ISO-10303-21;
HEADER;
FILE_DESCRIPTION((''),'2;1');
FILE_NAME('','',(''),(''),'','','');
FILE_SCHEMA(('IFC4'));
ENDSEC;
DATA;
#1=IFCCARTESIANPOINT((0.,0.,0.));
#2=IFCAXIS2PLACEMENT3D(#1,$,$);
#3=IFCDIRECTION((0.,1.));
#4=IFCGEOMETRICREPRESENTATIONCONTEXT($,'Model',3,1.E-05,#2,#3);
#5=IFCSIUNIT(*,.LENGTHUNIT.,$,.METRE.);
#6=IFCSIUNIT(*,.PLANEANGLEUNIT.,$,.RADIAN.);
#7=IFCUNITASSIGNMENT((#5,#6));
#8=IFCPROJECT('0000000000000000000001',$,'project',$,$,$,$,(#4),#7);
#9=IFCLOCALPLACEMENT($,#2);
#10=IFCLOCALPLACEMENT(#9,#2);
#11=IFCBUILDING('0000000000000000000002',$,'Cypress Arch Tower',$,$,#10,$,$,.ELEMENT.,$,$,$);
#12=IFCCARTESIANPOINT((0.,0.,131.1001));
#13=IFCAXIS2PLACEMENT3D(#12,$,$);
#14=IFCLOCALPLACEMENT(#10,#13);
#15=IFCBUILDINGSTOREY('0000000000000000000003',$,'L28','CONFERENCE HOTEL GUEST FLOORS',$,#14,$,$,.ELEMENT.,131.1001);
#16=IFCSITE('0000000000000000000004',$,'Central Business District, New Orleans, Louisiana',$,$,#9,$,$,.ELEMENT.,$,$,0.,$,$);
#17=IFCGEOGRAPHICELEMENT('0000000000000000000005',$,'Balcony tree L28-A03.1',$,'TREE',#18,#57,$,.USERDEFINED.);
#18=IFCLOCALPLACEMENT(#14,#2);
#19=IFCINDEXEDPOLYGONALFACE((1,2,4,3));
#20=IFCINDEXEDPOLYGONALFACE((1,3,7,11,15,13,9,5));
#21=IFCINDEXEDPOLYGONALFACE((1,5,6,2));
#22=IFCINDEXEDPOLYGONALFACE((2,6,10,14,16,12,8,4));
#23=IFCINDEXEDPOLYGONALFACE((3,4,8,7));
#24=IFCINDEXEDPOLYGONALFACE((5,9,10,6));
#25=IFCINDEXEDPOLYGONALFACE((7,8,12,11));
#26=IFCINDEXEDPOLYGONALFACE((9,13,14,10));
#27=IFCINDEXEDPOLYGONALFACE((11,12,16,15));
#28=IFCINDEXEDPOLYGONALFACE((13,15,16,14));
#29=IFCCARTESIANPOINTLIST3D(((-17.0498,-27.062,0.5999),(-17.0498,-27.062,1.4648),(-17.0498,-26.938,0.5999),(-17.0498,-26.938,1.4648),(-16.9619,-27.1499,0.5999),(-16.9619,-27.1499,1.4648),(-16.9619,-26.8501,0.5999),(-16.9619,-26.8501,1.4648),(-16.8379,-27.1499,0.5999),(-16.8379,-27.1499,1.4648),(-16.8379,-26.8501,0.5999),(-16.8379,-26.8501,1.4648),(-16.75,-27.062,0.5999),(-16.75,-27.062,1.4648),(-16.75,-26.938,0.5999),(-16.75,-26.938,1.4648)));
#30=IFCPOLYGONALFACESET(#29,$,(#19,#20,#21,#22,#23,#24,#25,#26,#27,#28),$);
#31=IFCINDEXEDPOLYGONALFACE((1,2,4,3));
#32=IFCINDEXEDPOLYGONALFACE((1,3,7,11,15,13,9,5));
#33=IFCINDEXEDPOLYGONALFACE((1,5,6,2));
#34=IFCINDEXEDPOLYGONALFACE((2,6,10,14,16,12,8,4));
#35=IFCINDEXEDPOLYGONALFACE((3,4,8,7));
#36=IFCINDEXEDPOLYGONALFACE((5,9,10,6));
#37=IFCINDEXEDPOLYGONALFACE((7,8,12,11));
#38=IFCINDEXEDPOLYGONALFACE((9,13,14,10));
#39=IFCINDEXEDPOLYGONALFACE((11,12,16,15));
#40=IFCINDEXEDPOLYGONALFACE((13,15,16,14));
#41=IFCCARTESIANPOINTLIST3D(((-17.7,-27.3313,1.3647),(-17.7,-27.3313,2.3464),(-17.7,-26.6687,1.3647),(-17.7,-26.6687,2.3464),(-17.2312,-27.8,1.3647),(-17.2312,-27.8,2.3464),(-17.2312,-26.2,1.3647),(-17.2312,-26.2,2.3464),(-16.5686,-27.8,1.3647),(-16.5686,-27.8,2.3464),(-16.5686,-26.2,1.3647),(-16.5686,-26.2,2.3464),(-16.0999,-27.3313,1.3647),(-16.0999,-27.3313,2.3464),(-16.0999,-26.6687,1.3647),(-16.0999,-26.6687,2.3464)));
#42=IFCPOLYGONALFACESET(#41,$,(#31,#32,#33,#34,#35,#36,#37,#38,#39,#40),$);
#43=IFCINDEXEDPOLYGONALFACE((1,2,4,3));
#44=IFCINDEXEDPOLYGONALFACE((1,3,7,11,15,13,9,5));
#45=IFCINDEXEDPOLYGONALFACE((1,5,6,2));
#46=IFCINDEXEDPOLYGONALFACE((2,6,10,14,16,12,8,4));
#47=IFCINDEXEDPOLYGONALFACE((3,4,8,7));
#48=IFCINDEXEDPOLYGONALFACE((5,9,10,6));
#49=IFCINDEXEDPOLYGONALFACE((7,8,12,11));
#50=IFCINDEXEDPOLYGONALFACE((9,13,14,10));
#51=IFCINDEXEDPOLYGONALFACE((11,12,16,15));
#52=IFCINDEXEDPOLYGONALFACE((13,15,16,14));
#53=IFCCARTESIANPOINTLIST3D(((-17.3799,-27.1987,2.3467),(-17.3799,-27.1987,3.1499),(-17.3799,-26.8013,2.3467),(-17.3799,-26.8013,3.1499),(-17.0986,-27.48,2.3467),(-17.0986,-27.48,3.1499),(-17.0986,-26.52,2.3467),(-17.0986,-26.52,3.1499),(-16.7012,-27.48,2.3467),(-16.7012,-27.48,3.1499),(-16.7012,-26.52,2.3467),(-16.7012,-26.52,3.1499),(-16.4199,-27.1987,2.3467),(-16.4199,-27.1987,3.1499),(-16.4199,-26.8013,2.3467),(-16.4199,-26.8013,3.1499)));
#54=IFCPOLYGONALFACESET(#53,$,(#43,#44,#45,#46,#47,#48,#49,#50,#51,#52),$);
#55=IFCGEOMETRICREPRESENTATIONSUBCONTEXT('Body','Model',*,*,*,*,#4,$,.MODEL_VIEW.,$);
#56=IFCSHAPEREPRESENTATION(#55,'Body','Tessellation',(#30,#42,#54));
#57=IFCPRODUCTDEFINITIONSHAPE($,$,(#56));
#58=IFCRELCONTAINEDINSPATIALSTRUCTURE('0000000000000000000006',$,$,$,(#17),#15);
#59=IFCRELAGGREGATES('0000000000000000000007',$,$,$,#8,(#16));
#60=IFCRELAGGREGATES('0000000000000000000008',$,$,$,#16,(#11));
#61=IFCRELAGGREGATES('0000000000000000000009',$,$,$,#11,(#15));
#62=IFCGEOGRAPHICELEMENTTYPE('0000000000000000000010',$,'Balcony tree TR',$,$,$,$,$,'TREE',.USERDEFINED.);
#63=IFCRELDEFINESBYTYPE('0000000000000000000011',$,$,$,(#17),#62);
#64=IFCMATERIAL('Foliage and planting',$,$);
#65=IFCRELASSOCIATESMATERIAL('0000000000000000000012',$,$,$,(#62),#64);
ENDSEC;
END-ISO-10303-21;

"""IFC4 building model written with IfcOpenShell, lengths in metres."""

from ifc_helpers import new_model, si_unit, direction, frame, origin, place, context, subcontext, project, spatial, polyline, outline, extrude, material, type_object, element, save


model = new_model("IFC4")

# Units and contexts
model_context = context("Model", 3, precision=1e-05, world=origin(), true_north=direction((0.0, 1.0)))
body_context = subcontext(model_context, "Body", "Model", "MODEL_VIEW")
ifc_project = project(units=[si_unit("LENGTHUNIT", "METRE"), si_unit("PLANEANGLEUNIT", "RADIAN")], contexts=[model_context])

# Site, building, storey
site_placement = place(None, origin())
site = spatial("IfcSite", under=ifc_project, at=site_placement, Name="Central Business District, New Orleans, Louisiana", CompositionType="ELEMENT", RefElevation=0.0)
building_placement = place(site_placement, origin())
building = spatial("IfcBuilding", under=site, at=building_placement, Name="Cypress Arch Tower", CompositionType="ELEMENT")
storey_placement = place(building_placement, frame((0.0, 0.0, 131.1001)))
storey = spatial("IfcBuildingStorey", under=building, at=storey_placement, Name="L28", Description="CONFERENCE HOTEL GUEST FLOORS", CompositionType="ELEMENT", Elevation=131.1001)

# Geographic element
ifc_material_1 = material(Name="Foliage and planting")
geographic_element_type = type_object("IfcGeographicElementType", Name="Balcony tree TR", ElementType="TREE", PredefinedType="USERDEFINED", material=ifc_material_1)
geographic_element_placement = place(storey_placement, frame((-16.8999, -27.0, 0.5999), z_axis=(0.0, 0.0, 1.0), x_axis=(1.0, 0.0, 0.0)))
element("IfcGeographicElement", 1, at=geographic_element_placement, inside=storey, type_object=geographic_element_type, Name="Balcony tree L28-A03.1", ObjectType="TREE", PredefinedType="USERDEFINED", context=body_context, shape_type="SweptSolid", body=[
    extrude(outline(polyline([(0.1499, 0.062), (0.062, 0.1499), (-0.062, 0.1499), (-0.1499, 0.062), (-0.1499, -0.062), (-0.062, -0.1499), (0.062, -0.1499), (0.1499, -0.062), (0.1499, 0.062)])), origin(), (0.0, 0.0, 1.0), 0.865),
    extrude(outline(polyline([(0.8, 0.3313), (0.3313, 0.8), (-0.3313, 0.8), (-0.8, 0.3313), (-0.8, -0.3313), (-0.3313, -0.8), (0.3313, -0.8), (0.8, -0.3313), (0.8, 0.3313)])), frame((0.0, 0.0, 0.7649)), (0.0, 0.0, 1.0), 0.9817),
    extrude(outline(polyline([(0.48, 0.1987), (0.1987, 0.48), (-0.1987, 0.48), (-0.48, 0.1987), (-0.48, -0.1987), (-0.1987, -0.48), (0.1987, -0.48), (0.48, -0.1987), (0.48, 0.1987)])), frame((0.0, 0.0, 1.7468)), (0.0, 0.0, 1.0), 0.8032),
])

save(model, "model.ifc")
